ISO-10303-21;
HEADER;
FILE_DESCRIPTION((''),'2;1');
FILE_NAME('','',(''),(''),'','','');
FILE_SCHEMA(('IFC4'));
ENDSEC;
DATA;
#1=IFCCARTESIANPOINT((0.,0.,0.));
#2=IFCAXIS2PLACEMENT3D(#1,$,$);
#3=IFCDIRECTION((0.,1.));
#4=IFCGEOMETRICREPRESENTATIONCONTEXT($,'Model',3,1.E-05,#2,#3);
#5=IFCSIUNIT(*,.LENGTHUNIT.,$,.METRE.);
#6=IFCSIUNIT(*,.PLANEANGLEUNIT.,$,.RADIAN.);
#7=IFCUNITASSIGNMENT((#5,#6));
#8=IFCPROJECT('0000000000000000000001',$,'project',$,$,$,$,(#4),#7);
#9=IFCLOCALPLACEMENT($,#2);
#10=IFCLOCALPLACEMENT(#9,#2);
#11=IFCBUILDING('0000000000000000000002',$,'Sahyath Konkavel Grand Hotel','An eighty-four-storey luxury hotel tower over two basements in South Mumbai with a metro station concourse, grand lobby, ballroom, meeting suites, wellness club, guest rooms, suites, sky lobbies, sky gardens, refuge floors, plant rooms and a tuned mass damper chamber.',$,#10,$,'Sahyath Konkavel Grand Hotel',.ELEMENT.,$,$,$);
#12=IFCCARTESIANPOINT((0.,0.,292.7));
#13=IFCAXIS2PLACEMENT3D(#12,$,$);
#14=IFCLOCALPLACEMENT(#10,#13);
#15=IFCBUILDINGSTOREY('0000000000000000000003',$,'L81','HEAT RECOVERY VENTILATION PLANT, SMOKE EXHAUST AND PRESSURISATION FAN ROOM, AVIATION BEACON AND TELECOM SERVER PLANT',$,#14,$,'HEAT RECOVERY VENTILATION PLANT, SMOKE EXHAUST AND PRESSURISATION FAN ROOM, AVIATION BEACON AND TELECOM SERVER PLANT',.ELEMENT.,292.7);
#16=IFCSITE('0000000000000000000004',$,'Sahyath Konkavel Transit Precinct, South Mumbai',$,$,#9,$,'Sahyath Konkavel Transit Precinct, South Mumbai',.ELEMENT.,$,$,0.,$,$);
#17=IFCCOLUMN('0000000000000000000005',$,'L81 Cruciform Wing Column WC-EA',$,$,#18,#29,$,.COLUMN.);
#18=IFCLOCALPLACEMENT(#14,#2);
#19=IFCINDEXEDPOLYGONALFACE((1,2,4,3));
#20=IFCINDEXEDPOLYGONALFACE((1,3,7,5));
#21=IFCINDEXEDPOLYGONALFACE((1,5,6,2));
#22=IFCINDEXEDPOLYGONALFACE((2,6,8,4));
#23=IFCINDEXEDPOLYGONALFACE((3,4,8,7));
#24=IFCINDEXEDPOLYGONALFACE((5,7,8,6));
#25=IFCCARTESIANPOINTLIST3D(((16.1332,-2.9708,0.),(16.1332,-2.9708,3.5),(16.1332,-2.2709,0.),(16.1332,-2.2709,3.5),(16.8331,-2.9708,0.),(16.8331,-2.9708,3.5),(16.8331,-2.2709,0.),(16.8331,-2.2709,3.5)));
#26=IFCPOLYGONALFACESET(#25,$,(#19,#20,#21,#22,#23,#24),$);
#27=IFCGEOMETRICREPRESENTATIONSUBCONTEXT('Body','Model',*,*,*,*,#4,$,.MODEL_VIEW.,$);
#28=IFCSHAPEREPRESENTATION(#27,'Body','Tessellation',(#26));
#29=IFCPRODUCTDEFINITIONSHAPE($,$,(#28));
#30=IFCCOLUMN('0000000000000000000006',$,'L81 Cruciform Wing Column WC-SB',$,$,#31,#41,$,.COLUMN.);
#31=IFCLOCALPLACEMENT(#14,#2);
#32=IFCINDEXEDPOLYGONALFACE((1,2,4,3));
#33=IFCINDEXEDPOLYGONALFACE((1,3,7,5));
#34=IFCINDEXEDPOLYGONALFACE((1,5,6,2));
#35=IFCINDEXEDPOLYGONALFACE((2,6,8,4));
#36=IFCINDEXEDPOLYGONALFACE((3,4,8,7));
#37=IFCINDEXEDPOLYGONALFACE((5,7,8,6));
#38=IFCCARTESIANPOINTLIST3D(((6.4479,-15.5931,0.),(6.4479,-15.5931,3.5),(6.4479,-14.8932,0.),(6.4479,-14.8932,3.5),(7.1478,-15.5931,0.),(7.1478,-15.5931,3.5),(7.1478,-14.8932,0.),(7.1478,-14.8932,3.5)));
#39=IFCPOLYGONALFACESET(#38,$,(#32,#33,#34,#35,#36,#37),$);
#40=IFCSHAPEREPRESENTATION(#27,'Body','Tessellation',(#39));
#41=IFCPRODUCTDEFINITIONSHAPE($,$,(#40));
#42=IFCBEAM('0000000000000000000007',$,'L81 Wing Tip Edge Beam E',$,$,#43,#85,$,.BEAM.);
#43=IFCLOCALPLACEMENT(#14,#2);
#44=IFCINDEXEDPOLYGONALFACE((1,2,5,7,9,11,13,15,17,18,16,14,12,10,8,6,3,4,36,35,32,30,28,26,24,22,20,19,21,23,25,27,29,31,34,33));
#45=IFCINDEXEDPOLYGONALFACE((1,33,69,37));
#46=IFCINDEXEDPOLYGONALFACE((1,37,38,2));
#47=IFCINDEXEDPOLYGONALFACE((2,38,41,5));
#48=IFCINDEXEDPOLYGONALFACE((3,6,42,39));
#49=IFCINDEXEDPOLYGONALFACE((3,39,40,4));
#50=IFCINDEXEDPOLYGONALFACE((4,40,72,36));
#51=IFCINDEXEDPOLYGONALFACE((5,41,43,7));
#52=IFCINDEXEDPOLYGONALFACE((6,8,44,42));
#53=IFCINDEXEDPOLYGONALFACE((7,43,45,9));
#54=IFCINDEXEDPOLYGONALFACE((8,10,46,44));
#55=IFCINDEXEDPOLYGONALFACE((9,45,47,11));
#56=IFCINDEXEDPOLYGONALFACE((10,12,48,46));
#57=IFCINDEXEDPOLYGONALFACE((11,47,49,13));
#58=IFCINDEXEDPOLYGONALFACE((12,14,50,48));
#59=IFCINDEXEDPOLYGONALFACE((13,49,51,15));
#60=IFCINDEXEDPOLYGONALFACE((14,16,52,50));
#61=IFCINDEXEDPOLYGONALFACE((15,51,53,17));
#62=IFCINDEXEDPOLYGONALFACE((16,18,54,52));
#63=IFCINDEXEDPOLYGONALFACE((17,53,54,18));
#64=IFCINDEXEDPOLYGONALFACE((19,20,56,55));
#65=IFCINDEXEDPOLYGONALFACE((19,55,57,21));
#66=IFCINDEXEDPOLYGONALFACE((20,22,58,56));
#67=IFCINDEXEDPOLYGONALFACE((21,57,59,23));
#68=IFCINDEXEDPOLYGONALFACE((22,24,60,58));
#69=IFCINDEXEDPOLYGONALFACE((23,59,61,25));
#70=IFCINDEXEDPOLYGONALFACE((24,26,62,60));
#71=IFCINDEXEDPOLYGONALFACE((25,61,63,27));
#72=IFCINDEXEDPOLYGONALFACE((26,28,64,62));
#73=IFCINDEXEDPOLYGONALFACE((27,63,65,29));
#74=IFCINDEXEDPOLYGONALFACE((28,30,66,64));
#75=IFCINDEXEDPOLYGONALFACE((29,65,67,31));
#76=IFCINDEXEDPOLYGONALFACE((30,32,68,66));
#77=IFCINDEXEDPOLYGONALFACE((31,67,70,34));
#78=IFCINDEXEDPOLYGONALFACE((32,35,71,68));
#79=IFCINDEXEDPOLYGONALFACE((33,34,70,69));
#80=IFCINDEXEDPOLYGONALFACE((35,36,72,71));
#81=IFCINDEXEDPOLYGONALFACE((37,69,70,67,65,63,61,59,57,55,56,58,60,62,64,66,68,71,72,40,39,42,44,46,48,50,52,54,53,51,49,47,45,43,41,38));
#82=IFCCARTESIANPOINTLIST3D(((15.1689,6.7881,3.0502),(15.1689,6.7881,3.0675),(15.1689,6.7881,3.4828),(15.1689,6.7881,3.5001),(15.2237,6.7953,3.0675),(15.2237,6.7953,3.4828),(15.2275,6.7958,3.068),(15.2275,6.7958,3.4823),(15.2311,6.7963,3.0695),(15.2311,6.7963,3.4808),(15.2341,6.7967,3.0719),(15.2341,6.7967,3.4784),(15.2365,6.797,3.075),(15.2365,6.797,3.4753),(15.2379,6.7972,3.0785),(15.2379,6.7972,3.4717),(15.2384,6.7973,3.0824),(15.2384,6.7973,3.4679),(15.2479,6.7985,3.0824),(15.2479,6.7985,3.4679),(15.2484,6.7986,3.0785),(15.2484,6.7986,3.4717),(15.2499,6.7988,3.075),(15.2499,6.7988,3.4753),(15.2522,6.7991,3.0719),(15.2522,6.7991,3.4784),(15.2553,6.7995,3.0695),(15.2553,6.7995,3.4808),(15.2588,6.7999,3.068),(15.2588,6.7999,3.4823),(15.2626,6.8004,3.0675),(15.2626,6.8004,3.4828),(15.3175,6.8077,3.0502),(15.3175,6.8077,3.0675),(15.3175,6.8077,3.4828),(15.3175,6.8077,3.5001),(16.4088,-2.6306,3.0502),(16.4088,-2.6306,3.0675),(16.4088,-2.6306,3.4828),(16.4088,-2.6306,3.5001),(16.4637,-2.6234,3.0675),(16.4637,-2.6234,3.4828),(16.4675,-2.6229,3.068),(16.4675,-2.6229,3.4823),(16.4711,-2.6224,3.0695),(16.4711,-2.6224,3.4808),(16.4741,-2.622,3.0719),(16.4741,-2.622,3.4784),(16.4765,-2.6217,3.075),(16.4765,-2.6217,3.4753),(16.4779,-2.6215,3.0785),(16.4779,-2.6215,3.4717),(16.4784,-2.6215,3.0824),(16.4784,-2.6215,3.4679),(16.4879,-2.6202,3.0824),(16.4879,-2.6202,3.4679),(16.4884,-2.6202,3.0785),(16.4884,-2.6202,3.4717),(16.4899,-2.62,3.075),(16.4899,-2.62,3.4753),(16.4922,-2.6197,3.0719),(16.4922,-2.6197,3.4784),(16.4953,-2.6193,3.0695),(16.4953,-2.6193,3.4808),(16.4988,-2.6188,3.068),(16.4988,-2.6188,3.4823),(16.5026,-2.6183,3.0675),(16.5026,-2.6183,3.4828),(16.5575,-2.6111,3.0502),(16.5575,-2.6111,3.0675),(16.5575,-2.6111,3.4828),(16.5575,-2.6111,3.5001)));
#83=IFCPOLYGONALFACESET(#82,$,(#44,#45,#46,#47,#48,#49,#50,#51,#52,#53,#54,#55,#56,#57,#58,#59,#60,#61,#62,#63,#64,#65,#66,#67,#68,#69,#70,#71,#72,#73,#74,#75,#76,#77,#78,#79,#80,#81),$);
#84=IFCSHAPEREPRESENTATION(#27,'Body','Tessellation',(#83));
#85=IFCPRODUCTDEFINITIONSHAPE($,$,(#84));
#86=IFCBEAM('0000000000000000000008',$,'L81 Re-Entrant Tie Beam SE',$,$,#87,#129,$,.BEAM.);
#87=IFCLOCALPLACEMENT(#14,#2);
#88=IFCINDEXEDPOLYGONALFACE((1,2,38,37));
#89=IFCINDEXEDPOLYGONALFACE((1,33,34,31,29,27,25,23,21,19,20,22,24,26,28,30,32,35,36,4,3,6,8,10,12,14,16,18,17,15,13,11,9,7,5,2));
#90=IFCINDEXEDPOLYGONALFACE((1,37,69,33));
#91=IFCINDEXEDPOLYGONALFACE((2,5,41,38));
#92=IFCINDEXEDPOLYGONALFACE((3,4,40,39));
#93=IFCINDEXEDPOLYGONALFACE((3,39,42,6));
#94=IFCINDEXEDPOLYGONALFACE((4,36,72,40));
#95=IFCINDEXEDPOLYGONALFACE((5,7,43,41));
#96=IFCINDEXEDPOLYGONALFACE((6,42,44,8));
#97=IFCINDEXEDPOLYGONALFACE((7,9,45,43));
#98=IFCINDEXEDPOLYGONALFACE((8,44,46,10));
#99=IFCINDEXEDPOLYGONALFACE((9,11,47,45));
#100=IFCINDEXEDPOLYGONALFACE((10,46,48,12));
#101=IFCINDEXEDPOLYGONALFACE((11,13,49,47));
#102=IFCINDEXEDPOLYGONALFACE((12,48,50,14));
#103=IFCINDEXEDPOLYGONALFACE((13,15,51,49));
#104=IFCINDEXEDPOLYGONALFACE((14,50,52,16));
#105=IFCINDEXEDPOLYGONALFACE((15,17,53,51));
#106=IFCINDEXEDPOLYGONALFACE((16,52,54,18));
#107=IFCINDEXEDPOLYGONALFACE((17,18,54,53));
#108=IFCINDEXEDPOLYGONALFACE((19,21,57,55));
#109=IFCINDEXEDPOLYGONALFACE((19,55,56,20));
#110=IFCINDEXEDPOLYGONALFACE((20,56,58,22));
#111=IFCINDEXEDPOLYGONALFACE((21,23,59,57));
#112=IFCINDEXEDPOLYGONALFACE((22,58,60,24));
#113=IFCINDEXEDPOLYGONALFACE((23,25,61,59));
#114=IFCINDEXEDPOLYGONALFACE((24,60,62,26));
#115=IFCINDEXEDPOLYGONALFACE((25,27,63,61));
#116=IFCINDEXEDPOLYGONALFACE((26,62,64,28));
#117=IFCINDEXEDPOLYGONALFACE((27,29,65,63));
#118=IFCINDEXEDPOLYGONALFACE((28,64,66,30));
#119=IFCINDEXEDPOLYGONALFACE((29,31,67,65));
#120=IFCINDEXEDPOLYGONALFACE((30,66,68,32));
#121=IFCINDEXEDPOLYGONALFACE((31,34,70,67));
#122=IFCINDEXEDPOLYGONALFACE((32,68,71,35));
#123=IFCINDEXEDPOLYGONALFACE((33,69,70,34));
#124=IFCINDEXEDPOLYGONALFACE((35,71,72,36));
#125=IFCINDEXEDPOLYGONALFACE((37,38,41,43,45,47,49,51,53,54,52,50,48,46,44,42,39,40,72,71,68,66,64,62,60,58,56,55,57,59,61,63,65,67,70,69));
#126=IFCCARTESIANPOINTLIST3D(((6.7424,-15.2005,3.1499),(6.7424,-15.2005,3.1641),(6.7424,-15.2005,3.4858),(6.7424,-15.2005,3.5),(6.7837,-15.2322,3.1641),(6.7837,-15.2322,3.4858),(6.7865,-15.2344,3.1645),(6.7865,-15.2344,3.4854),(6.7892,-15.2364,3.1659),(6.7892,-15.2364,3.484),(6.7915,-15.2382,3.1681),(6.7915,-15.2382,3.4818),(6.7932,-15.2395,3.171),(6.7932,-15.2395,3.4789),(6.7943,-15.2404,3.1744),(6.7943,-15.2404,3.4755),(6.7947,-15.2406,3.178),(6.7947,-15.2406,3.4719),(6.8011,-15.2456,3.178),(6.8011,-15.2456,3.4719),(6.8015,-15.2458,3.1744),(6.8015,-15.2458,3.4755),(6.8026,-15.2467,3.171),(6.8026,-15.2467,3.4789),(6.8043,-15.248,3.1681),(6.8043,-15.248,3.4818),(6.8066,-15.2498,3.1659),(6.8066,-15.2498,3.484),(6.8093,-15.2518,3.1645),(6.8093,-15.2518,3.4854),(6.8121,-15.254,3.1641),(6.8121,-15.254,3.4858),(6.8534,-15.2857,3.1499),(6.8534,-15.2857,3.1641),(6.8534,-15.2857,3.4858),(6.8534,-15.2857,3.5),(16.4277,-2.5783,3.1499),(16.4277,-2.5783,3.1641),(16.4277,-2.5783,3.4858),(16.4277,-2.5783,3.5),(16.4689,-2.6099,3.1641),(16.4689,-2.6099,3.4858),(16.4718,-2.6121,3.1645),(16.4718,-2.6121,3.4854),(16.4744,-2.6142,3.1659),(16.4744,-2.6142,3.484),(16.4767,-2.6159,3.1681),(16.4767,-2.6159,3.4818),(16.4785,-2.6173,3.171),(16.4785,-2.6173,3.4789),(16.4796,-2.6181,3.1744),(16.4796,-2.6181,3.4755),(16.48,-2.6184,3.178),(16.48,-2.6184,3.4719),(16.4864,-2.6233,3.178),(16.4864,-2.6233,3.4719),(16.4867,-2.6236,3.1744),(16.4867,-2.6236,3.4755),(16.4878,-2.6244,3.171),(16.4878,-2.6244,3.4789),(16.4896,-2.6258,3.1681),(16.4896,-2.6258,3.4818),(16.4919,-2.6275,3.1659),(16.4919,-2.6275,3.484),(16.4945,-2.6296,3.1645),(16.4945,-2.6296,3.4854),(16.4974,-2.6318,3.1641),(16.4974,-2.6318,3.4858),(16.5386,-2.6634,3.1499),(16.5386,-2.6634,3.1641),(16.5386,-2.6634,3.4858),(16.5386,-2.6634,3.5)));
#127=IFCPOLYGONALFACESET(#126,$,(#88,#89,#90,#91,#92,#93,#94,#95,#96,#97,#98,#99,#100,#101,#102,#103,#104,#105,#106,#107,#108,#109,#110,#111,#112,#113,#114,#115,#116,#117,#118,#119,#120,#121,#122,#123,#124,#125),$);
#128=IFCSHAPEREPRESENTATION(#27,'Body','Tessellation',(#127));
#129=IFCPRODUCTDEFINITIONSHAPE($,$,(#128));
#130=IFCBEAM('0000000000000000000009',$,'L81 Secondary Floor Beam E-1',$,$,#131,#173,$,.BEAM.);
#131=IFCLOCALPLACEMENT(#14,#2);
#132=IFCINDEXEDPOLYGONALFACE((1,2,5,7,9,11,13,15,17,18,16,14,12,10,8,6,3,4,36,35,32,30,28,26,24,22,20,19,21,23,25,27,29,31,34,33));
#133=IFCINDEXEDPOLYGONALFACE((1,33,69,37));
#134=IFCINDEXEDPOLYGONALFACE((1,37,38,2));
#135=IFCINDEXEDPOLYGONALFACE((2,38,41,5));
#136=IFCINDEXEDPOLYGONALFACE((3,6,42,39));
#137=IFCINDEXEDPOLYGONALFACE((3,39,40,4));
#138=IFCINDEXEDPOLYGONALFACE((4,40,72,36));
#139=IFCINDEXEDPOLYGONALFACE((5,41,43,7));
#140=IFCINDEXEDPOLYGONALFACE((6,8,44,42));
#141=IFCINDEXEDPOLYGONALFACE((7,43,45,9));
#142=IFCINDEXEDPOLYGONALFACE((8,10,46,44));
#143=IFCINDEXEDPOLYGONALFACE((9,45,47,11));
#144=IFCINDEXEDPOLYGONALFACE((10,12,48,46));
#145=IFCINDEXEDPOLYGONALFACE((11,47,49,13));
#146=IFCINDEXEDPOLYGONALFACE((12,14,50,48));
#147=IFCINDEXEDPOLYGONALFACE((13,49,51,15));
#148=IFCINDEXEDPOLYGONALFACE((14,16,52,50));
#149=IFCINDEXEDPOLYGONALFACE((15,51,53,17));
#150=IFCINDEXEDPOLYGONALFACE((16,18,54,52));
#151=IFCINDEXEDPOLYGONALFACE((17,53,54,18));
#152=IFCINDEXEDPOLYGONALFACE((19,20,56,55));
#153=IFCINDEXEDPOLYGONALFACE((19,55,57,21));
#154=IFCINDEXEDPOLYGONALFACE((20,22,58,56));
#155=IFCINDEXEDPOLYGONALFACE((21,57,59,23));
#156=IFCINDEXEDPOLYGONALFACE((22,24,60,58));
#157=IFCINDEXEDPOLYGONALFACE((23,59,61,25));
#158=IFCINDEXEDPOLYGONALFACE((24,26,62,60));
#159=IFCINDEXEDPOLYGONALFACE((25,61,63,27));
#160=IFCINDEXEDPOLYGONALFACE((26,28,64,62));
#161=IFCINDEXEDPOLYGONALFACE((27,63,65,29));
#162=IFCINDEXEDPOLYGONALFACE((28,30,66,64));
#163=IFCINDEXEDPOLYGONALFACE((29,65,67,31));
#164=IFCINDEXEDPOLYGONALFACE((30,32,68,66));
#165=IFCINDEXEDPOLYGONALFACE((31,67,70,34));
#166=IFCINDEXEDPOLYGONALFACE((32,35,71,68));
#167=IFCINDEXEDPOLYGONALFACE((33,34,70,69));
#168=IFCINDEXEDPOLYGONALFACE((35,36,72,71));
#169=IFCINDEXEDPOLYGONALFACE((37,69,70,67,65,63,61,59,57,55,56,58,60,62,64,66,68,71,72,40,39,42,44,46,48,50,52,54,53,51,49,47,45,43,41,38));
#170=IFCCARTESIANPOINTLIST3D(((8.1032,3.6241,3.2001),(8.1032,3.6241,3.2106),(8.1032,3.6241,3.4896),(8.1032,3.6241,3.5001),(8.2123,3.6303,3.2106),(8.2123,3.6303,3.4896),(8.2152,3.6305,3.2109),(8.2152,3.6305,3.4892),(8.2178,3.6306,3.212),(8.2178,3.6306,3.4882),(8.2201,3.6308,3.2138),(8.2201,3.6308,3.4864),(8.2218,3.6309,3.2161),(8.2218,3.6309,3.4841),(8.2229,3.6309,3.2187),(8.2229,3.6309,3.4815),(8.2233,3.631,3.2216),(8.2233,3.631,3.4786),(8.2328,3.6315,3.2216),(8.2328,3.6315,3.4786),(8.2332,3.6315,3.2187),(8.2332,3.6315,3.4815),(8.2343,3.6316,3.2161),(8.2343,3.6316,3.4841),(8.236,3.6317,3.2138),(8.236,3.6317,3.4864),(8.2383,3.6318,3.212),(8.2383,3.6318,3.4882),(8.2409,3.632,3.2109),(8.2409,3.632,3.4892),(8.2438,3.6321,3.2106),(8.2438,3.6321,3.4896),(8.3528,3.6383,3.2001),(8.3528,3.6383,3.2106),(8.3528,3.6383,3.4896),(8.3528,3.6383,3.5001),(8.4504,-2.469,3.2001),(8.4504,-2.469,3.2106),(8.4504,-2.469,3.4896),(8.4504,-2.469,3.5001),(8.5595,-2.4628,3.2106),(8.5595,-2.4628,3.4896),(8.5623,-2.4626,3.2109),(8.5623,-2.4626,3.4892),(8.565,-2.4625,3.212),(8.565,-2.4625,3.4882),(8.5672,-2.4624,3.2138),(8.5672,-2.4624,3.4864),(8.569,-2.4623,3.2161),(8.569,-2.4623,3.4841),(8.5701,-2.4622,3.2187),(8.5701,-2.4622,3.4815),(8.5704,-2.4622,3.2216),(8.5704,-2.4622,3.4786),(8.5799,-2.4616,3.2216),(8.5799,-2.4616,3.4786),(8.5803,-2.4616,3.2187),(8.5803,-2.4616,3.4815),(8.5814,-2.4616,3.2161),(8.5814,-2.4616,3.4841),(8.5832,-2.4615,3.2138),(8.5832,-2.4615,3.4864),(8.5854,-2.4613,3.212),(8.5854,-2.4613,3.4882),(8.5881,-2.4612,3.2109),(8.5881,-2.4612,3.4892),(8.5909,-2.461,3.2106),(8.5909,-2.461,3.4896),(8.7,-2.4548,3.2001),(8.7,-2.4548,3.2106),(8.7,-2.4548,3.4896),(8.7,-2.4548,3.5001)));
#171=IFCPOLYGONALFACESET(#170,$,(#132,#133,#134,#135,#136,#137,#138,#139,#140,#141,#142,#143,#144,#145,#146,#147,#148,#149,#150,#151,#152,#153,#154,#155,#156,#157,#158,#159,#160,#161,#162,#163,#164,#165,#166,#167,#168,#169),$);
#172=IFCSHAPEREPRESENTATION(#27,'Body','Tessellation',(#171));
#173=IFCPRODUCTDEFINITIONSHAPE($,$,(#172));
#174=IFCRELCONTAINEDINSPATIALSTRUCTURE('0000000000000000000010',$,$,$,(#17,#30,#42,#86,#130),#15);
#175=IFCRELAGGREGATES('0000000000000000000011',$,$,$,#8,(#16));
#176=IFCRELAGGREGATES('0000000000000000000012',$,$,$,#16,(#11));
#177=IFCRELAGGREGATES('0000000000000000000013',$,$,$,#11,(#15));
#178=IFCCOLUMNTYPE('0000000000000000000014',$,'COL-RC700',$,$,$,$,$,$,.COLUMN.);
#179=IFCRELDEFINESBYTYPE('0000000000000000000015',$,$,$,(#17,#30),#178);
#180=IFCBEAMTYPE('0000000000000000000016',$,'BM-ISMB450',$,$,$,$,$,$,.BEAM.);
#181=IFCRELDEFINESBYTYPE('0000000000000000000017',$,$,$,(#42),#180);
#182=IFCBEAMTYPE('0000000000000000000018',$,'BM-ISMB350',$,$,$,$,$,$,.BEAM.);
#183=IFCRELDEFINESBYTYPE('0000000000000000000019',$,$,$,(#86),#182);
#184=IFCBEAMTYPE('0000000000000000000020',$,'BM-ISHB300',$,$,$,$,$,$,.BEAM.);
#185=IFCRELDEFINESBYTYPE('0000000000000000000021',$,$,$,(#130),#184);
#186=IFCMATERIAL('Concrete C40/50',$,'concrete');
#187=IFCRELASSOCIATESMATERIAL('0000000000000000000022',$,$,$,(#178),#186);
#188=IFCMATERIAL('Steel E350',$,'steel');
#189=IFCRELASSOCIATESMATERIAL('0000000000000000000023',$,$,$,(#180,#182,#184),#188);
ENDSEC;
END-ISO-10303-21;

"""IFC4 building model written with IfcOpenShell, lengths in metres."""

from ifc_helpers import new_model, si_unit, direction, frame, origin, origin_2d, place, context, subcontext, project, spatial, rectangle, i_section, extrude, source, transform, mapped, material, material_profile, profile_set, type_object, element, save


model = new_model("IFC4")

# Units and contexts
model_context = context("Model", 3, precision=1e-05, world=origin(), true_north=direction((0.0, 1.0)))
body_context = subcontext(model_context, "Body", "Model", "MODEL_VIEW")
ifc_project = project(units=[si_unit("LENGTHUNIT", "METRE"), si_unit("PLANEANGLEUNIT", "RADIAN")], contexts=[model_context])

# Site, building, storey
site_placement = place(None, origin())
site = spatial("IfcSite", under=ifc_project, at=site_placement, Name="Sahyath Konkavel Transit Precinct, South Mumbai", LongName="Sahyath Konkavel Transit Precinct, South Mumbai", CompositionType="ELEMENT", RefElevation=0.0)
building_placement = place(site_placement, origin())
building = spatial("IfcBuilding", under=site, at=building_placement, Name="Sahyath Konkavel Grand Hotel", Description="An eighty-four-storey luxury hotel tower over two basements in South Mumbai with a metro station concourse, grand lobby, ballroom, meeting suites, wellness club, guest rooms, suites, sky lobbies, sky gardens, refuge floors, plant rooms and a tuned mass damper chamber.", LongName="Sahyath Konkavel Grand Hotel", CompositionType="ELEMENT")
storey_placement = place(building_placement, frame((0.0, 0.0, 292.7)))
storey = spatial("IfcBuildingStorey", under=building, at=storey_placement, Name="L81", Description="HEAT RECOVERY VENTILATION PLANT, SMOKE EXHAUST AND PRESSURISATION FAN ROOM, AVIATION BEACON AND TELECOM SERVER PLANT", LongName="HEAT RECOVERY VENTILATION PLANT, SMOKE EXHAUST AND PRESSURISATION FAN ROOM, AVIATION BEACON AND TELECOM SERVER PLANT", CompositionType="ELEMENT", Elevation=292.7)

# Columns
ifc_material_1 = material(Name="Concrete C40/50", Category="concrete")
ifc_material_profile_1 = material_profile(ifc_material_1, rectangle(XDim=0.7, YDim=0.7, at=origin_2d()), Name="RC 700x700")
ifc_profile_set_1 = profile_set([ifc_material_profile_1], Name="Concrete C40/50")
column_type = type_object("IfcColumnType", Name="COL-RC700", PredefinedType="COLUMN", material=ifc_profile_set_1)
shared_shape_1 = source(origin(), body_context, "Body", "SweptSolid", [
    extrude(rectangle(XDim=0.7, YDim=0.7, at=origin_2d()), origin(), (0.0, 0.0, 1.0), 3.5),
])
for number, where, z_axis, x_axis, name in (
    (1, (16.4832, -2.6208, 0.0), (0.0, 0.0, 1.0), (1.0, 0.0, 0.0), "L81 Cruciform Wing Column WC-EA"),
    (2, (6.7979, -15.2432, 0.0), (0.0, 0.0, 1.0), (1.0, 0.0, 0.0), "L81 Cruciform Wing Column WC-SB"),
):
    element("IfcColumn", number, at=place(storey_placement, frame(where, z_axis=z_axis, x_axis=x_axis)), inside=storey, type_object=column_type, Name=name, PredefinedType="COLUMN", context=body_context, shape_type="MappedRepresentation", body=[
        mapped(shared_shape_1, transform((0.0, 0.0, 0.0), scale=1.0)),
    ])

# Beams
ifc_material_2 = material(Name="Steel E350", Category="steel")
ifc_material_profile_2 = material_profile(ifc_material_2, i_section(OverallWidth=0.1499, OverallDepth=0.45, WebThickness=0.0095, FlangeThickness=0.0173, FilletRadius=0.0149, at=origin_2d()), Name="ISMB 450")
ifc_profile_set_2 = profile_set([ifc_material_profile_2], Name="Steel E350")
beam_type_1 = type_object("IfcBeamType", Name="BM-ISMB450", PredefinedType="BEAM", material=ifc_profile_set_2)
shared_shape_2 = source(origin(), body_context, "Body", "SweptSolid", [
    extrude(i_section(OverallWidth=0.1499, OverallDepth=0.45, WebThickness=0.0095, FlangeThickness=0.0173, FilletRadius=0.0149, at=origin_2d()), origin(), (0.0, 0.0, 1.0), 9.5),
])
beam_1_placement = place(storey_placement, frame((16.4832, -2.6208, 3.2751), z_axis=(-0.130526, 0.991445, 0.0), x_axis=(-0.991445, -0.130526, 0.0)))
element("IfcBeam", 3, at=beam_1_placement, inside=storey, type_object=beam_type_1, Name="L81 Wing Tip Edge Beam E", PredefinedType="BEAM", context=body_context, shape_type="MappedRepresentation", body=[
    mapped(shared_shape_2, transform((0.0, 0.0, 0.0), scale=1.0)),
])
ifc_material_profile_3 = material_profile(ifc_material_2, i_section(OverallWidth=0.1399, OverallDepth=0.3501, WebThickness=0.0081, FlangeThickness=0.0142, FilletRadius=0.0139, at=origin_2d()), Name="ISMB 350")
ifc_profile_set_3 = profile_set([ifc_material_profile_3], Name="Steel E350")
beam_type_2 = type_object("IfcBeamType", Name="BM-ISMB350", PredefinedType="BEAM", material=ifc_profile_set_3)
shared_shape_3 = source(origin(), body_context, "Body", "SweptSolid", [
    extrude(i_section(OverallWidth=0.1399, OverallDepth=0.3501, WebThickness=0.0081, FlangeThickness=0.0142, FilletRadius=0.0139, at=origin_2d()), origin(), (0.0, 0.0, 1.0), 15.9099),
])
beam_2_placement = place(storey_placement, frame((16.4832, -2.6208, 3.325), z_axis=(-0.608756, -0.793358, 0.0), x_axis=(0.793358, -0.608756, 0.0)))
element("IfcBeam", 4, at=beam_2_placement, inside=storey, type_object=beam_type_2, Name="L81 Re-Entrant Tie Beam SE", PredefinedType="BEAM", context=body_context, shape_type="MappedRepresentation", body=[
    mapped(shared_shape_3, transform((0.0, 0.0, 0.0), scale=1.0)),
])
ifc_material_profile_4 = material_profile(ifc_material_2, i_section(OverallWidth=0.25, OverallDepth=0.3, WebThickness=0.0095, FlangeThickness=0.0105, FilletRadius=0.011, at=origin_2d()), Name="ISHB 300")
ifc_profile_set_4 = profile_set([ifc_material_profile_4], Name="Steel E350")
beam_type_3 = type_object("IfcBeamType", Name="BM-ISHB300", PredefinedType="BEAM", material=ifc_profile_set_4)
shared_shape_4 = source(origin(), body_context, "Body", "SweptSolid", [
    extrude(i_section(OverallWidth=0.25, OverallDepth=0.3, WebThickness=0.0095, FlangeThickness=0.0105, FilletRadius=0.011, at=origin_2d()), origin(), (0.0, 0.0, 1.0), 6.103),
])
beam_3_placement = place(storey_placement, frame((8.5752, -2.4619, 3.3501), z_axis=(-0.056883, 0.998381, 0.0), x_axis=(-0.998381, -0.056883, 0.0)))
element("IfcBeam", 5, at=beam_3_placement, inside=storey, type_object=beam_type_3, Name="L81 Secondary Floor Beam E-1", PredefinedType="BEAM", context=body_context, shape_type="MappedRepresentation", body=[
    mapped(shared_shape_4, transform((0.0, 0.0, 0.0), scale=1.0)),
])

save(model, "model.ifc")
